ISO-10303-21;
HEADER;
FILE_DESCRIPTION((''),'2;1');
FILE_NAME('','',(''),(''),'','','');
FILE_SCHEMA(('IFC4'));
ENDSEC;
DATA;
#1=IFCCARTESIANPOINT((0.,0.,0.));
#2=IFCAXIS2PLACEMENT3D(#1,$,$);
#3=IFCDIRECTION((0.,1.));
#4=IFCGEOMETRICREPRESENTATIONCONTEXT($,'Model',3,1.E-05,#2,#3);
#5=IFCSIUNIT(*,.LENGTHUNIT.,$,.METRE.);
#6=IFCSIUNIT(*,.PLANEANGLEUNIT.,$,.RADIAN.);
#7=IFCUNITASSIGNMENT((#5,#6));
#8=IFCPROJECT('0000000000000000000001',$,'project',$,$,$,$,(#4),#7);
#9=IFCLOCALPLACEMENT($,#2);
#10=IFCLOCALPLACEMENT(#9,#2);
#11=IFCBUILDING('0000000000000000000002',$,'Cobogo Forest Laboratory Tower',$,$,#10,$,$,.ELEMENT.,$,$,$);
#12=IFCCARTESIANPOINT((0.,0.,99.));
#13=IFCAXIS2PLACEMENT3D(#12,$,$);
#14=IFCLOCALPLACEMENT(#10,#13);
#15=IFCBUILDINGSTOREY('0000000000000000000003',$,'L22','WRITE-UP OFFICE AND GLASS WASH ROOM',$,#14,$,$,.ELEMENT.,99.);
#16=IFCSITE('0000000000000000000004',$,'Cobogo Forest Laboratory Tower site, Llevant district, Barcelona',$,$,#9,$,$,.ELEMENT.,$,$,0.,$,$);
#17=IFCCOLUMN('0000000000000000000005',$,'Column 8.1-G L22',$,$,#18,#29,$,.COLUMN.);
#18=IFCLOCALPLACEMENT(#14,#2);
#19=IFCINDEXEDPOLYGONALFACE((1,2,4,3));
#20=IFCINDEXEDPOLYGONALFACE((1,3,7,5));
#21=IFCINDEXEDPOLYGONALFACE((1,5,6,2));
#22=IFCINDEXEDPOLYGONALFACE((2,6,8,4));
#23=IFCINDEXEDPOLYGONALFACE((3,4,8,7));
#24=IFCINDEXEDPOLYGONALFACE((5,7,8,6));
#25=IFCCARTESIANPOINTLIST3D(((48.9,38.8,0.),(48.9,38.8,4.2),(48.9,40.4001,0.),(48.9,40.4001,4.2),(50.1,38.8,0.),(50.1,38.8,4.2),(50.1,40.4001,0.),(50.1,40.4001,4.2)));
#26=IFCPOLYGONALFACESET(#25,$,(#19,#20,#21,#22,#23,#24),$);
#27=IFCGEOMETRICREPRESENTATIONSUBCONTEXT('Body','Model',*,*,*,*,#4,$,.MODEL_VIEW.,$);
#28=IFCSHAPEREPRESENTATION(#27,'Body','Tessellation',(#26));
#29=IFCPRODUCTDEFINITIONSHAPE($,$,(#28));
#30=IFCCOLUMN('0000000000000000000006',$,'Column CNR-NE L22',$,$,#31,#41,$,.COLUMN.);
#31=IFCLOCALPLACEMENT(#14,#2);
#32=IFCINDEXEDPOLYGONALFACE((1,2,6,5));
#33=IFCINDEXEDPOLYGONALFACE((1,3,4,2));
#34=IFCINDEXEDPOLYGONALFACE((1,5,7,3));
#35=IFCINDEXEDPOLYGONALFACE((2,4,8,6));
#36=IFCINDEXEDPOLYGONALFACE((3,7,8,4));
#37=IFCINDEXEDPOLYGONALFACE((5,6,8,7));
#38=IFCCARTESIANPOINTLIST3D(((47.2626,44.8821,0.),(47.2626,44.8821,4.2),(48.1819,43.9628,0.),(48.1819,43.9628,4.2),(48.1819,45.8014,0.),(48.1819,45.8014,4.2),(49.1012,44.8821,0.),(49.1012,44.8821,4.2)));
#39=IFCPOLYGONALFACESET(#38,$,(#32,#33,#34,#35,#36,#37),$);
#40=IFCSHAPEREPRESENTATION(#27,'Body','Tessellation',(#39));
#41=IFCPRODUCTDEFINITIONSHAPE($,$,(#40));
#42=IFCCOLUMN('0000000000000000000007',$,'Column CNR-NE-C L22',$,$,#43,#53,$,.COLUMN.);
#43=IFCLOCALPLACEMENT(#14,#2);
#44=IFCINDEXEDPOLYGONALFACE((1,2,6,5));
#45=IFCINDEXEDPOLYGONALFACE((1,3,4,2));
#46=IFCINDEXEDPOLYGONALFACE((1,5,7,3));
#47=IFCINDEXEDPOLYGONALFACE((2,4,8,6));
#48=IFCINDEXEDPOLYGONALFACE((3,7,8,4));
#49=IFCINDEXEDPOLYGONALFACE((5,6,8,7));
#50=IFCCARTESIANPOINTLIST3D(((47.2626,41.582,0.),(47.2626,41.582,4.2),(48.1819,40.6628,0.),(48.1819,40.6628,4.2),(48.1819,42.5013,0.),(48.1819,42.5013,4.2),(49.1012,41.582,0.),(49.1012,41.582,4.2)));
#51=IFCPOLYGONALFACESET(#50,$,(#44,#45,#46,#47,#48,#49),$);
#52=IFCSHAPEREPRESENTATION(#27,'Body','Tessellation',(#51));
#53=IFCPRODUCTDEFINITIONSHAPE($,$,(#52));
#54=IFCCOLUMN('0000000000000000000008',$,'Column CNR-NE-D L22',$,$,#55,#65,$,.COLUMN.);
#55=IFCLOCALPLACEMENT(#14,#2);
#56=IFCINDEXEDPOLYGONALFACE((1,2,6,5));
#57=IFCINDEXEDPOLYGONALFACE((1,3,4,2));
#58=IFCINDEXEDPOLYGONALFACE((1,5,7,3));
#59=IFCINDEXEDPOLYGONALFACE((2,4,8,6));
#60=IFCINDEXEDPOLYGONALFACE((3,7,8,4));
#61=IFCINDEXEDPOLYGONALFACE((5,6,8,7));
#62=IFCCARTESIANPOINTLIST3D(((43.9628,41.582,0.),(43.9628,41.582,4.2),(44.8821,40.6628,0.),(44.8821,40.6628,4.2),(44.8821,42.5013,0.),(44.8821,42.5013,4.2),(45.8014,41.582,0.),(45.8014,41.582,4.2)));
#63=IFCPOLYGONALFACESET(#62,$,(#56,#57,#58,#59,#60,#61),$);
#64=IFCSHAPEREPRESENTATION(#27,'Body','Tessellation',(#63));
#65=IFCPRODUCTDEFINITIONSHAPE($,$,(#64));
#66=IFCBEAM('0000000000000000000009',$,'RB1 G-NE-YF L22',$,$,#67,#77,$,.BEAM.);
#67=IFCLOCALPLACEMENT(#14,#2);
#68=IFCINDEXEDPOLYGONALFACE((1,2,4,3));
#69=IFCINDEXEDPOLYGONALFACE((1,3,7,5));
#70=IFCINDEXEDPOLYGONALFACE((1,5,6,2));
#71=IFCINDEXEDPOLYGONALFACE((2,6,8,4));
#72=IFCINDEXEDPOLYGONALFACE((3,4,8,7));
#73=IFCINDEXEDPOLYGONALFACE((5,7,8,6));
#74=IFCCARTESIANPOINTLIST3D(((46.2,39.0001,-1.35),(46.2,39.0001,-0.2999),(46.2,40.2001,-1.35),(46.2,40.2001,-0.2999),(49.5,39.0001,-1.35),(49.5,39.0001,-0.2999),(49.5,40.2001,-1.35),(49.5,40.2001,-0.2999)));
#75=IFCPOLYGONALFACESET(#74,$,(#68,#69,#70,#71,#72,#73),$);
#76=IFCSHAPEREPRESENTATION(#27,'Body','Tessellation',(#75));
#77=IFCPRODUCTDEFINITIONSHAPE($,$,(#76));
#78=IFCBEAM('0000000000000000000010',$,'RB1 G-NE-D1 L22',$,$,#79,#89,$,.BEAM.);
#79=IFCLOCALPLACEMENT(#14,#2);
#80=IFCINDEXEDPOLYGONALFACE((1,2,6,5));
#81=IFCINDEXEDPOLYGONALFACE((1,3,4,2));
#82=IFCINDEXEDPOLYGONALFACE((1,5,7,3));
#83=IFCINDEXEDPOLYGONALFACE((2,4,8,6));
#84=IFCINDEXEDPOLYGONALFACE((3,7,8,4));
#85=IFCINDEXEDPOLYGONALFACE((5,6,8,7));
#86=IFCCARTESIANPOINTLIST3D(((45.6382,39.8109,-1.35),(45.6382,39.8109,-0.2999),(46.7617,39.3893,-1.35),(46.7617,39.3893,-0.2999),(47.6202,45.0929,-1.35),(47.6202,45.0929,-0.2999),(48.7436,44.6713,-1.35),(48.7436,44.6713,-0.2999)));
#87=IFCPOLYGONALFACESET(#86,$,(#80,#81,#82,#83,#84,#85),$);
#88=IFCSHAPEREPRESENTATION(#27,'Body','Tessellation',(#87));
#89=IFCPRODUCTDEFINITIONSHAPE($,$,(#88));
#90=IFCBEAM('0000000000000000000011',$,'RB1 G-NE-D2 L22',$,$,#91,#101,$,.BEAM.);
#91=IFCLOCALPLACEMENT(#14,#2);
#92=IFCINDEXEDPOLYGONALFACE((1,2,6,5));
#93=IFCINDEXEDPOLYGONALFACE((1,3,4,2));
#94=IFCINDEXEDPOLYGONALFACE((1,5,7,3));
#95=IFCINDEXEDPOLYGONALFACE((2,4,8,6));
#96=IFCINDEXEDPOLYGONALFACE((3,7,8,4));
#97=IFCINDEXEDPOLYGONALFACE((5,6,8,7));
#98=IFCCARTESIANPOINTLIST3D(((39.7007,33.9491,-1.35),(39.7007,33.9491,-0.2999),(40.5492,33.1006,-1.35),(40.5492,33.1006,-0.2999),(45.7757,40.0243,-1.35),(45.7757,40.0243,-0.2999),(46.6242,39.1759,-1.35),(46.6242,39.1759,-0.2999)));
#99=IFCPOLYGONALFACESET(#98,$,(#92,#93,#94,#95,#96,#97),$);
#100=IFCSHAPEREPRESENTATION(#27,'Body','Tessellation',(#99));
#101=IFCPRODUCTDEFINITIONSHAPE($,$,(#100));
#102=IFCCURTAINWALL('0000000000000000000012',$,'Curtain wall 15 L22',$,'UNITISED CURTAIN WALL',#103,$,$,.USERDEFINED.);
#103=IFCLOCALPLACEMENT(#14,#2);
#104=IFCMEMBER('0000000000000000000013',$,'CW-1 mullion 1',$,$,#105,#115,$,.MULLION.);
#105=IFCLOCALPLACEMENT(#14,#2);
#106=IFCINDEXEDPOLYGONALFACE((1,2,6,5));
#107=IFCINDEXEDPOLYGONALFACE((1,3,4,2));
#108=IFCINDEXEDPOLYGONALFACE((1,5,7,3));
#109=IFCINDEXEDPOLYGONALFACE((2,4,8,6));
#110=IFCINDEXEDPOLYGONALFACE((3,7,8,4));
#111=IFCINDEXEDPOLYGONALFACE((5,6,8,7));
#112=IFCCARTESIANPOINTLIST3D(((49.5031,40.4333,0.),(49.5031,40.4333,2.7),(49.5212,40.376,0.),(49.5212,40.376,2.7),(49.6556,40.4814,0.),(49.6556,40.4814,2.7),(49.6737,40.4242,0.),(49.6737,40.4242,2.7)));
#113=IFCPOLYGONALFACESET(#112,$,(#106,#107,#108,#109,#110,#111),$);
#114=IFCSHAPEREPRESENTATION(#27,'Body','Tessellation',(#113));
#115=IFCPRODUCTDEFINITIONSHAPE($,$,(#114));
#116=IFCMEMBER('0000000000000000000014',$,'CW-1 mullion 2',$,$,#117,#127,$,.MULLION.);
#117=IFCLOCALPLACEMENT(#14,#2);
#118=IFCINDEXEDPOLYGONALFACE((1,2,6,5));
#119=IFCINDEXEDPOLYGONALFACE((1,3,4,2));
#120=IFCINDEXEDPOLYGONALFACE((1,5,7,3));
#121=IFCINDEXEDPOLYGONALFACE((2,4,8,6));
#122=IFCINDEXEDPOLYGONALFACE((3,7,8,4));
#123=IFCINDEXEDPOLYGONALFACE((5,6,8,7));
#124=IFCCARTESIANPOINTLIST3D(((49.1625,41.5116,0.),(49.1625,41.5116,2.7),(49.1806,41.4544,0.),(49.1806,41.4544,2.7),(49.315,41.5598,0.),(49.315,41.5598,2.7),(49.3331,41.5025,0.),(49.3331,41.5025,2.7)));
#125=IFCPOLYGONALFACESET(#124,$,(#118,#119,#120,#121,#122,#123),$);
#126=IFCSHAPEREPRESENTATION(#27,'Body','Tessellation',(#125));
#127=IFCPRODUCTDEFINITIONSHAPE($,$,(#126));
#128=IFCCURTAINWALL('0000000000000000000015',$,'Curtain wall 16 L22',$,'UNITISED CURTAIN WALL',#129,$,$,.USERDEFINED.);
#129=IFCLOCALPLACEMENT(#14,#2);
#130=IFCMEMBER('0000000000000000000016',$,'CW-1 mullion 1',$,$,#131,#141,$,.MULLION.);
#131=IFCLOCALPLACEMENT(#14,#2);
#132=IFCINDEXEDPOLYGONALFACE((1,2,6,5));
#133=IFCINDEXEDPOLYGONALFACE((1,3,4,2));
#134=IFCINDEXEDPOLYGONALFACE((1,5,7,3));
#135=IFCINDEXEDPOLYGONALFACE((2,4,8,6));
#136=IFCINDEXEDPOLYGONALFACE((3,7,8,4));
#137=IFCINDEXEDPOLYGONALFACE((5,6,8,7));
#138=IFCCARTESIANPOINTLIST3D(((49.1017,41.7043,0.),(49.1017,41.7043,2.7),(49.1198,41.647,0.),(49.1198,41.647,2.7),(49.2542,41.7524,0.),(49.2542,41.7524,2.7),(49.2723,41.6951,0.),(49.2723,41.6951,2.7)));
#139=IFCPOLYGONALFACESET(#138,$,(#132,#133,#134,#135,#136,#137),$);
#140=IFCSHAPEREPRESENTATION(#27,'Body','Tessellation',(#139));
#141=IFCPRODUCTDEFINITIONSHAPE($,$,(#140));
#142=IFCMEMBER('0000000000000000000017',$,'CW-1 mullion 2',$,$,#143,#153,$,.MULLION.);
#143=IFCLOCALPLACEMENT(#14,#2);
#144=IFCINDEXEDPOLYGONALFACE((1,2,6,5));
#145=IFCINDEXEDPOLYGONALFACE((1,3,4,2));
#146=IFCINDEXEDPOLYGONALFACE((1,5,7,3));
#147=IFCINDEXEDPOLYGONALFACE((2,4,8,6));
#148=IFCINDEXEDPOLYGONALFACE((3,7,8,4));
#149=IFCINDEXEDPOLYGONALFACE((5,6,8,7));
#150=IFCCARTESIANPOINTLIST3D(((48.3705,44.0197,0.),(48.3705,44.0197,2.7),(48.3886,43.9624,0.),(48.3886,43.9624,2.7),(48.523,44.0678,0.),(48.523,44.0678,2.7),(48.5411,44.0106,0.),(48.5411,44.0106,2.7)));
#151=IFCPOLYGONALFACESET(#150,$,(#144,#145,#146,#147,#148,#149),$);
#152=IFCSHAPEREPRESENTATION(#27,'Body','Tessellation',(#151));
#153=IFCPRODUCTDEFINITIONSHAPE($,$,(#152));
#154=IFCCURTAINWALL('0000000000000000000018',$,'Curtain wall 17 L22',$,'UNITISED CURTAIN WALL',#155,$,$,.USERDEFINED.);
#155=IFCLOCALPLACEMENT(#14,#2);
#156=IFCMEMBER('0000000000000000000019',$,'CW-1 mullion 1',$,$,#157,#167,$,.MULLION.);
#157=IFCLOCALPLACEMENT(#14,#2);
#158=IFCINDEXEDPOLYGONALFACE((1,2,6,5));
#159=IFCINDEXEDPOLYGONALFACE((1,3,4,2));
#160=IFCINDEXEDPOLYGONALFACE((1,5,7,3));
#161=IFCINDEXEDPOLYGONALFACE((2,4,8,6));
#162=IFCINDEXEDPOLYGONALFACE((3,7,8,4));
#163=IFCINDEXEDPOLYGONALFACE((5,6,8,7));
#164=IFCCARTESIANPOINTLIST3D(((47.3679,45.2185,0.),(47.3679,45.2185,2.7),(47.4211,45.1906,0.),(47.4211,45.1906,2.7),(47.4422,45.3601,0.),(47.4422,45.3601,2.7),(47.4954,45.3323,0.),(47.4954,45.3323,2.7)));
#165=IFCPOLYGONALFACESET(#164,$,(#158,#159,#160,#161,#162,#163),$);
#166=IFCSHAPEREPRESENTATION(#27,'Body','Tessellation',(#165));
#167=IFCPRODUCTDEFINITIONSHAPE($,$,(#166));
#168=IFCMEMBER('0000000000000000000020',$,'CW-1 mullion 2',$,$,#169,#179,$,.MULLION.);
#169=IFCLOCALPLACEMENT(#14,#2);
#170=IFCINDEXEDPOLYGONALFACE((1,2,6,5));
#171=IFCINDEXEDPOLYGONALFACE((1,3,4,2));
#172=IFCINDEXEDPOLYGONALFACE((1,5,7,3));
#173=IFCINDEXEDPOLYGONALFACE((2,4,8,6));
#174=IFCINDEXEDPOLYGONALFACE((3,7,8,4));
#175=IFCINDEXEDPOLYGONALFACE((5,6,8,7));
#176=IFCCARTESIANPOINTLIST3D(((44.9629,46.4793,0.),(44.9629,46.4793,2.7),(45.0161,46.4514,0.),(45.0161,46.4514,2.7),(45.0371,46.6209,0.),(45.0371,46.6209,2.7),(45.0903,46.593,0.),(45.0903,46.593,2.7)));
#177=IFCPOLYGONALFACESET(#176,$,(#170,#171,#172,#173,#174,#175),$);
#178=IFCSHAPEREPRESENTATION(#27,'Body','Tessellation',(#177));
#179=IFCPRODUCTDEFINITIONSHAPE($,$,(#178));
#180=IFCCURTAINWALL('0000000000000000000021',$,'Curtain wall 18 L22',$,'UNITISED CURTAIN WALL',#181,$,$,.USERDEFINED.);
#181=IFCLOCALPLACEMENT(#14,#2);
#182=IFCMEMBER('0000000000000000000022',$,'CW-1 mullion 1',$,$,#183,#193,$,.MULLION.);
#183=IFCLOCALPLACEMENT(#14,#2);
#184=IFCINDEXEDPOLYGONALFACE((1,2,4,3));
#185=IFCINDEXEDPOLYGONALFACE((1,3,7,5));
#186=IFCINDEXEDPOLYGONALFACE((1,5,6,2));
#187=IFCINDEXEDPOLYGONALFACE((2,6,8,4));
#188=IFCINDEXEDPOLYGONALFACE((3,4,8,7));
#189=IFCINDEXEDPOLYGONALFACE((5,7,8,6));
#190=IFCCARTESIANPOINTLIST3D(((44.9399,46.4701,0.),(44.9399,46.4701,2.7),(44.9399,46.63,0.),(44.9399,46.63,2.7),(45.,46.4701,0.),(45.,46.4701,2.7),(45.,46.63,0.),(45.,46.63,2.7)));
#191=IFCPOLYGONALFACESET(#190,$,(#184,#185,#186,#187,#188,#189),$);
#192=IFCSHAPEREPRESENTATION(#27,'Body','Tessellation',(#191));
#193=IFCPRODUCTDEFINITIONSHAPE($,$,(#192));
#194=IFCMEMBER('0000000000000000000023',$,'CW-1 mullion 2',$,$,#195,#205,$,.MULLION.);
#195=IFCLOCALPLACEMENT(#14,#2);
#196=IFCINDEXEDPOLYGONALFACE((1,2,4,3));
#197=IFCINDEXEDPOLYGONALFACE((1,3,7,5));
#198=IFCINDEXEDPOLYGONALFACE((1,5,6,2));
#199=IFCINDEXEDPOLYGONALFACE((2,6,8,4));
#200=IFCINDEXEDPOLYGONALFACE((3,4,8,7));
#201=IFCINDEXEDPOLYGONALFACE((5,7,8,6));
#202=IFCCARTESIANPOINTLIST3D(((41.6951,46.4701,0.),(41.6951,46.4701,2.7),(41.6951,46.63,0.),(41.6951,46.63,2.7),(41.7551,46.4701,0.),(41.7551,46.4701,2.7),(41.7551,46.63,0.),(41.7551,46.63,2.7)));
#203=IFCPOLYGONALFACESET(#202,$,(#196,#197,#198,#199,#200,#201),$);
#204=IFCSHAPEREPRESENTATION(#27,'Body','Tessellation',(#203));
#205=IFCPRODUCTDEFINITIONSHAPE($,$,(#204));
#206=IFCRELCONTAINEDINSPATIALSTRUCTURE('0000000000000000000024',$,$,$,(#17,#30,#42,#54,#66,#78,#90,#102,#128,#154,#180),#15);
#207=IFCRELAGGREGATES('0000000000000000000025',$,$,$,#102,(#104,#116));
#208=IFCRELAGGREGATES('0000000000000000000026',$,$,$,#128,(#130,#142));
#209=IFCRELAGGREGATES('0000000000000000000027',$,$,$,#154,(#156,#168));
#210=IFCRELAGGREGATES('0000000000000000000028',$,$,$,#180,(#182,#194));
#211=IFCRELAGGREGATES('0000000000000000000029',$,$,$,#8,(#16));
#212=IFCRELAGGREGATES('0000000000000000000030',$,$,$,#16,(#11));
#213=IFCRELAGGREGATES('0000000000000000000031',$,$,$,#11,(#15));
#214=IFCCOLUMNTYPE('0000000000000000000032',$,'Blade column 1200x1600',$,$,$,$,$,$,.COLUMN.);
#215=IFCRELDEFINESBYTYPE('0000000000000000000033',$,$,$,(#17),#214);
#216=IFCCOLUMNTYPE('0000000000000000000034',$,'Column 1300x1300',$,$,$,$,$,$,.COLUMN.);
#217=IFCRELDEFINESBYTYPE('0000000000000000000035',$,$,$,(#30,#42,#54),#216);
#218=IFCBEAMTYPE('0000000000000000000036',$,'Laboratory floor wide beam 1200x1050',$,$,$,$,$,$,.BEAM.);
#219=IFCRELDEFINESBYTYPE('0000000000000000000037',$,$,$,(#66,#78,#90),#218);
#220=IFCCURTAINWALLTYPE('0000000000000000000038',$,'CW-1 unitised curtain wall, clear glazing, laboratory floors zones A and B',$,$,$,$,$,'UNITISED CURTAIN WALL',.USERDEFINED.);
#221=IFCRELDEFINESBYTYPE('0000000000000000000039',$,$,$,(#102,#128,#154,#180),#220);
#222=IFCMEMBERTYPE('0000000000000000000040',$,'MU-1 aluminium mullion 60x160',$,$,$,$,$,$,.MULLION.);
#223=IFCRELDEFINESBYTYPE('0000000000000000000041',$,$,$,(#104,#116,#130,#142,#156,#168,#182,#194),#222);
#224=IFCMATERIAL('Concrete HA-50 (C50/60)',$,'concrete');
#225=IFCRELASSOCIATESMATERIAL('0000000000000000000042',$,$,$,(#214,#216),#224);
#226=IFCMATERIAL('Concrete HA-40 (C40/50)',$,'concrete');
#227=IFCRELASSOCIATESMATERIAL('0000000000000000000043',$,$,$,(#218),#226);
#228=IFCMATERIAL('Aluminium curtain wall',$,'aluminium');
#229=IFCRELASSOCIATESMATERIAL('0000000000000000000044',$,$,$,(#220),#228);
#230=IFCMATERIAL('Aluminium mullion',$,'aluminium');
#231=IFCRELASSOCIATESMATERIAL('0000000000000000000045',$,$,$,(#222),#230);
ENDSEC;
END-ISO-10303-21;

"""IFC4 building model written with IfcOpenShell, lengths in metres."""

from ifc_helpers import new_model, si_unit, direction, frame, origin, origin_2d, place, context, subcontext, project, spatial, rectangle, extrude, material, material_profile, profile_set, type_object, element, aggregate, save


model = new_model("IFC4")

# Units and contexts
model_context = context("Model", 3, precision=1e-05, world=origin(), true_north=direction((0.0, 1.0)))
body_context = subcontext(model_context, "Body", "Model", "MODEL_VIEW")
ifc_project = project(units=[si_unit("LENGTHUNIT", "METRE"), si_unit("PLANEANGLEUNIT", "RADIAN")], contexts=[model_context])

# Site, building, storey
site_placement = place(None, origin())
site = spatial("IfcSite", under=ifc_project, at=site_placement, Name="Cobogo Forest Laboratory Tower site, Llevant district, Barcelona", CompositionType="ELEMENT", RefElevation=0.0)
building_placement = place(site_placement, origin())
building = spatial("IfcBuilding", under=site, at=building_placement, Name="Cobogo Forest Laboratory Tower", CompositionType="ELEMENT")
storey_placement = place(building_placement, frame((0.0, 0.0, 99.0)))
storey = spatial("IfcBuildingStorey", under=building, at=storey_placement, Name="L22", Description="WRITE-UP OFFICE AND GLASS WASH ROOM", CompositionType="ELEMENT", Elevation=99.0)

# Columns
ifc_material_1 = material(Name="Concrete HA-50 (C50/60)", Category="concrete")
ifc_material_profile_1 = material_profile(ifc_material_1, rectangle(XDim=1.6001, YDim=1.2, at=origin_2d()), Name="RC 1200x1600")
ifc_profile_set_1 = profile_set([ifc_material_profile_1], Name="Concrete HA-50 (C50/60)")
column_type_1 = type_object("IfcColumnType", Name="Blade column 1200x1600", PredefinedType="COLUMN", material=ifc_profile_set_1)
column_placement = place(storey_placement, frame((49.5, 39.6001, 0.0), z_axis=(0.0, 0.0, 1.0), x_axis=(0.0, 1.0, 0.0)))
element("IfcColumn", 1, at=column_placement, inside=storey, type_object=column_type_1, Name="Column 8.1-G L22", PredefinedType="COLUMN", context=body_context, shape_type="SweptSolid", body=[
    extrude(rectangle(XDim=1.6001, YDim=1.2, at=origin_2d()), origin(), (0.0, 0.0, 1.0), 4.2),
])
ifc_material_profile_2 = material_profile(ifc_material_1, rectangle(XDim=1.3, YDim=1.3, at=origin_2d()), Name="RC 1300x1300")
ifc_profile_set_2 = profile_set([ifc_material_profile_2], Name="Concrete HA-50 (C50/60)")
column_type_2 = type_object("IfcColumnType", Name="Column 1300x1300", PredefinedType="COLUMN", material=ifc_profile_set_2)
for number, where, z_axis, x_axis, name in (
    (2, (48.1819, 44.8821, 0.0), (0.0, 0.0, 1.0), (0.707107, 0.707107, 0.0), "Column CNR-NE L22"),
    (3, (48.1819, 41.582, 0.0), (0.0, 0.0, 1.0), (0.707107, 0.707107, 0.0), "Column CNR-NE-C L22"),
    (4, (44.8821, 41.582, 0.0), (0.0, 0.0, 1.0), (0.707107, 0.707107, 0.0), "Column CNR-NE-D L22"),
):
    element("IfcColumn", number, at=place(storey_placement, frame(where, z_axis=z_axis, x_axis=x_axis)), inside=storey, type_object=column_type_2, Name=name, PredefinedType="COLUMN", context=body_context, shape_type="SweptSolid", body=[
        extrude(rectangle(XDim=1.3, YDim=1.3, at=origin_2d()), origin(), (0.0, 0.0, 1.0), 4.2),
    ])

# Beams
ifc_material_2 = material(Name="Concrete HA-40 (C40/50)", Category="concrete")
ifc_material_profile_3 = material_profile(ifc_material_2, rectangle(XDim=1.2, YDim=1.05, at=origin_2d()), Name="RC 1200x1050")
ifc_profile_set_3 = profile_set([ifc_material_profile_3], Name="Concrete HA-40 (C40/50)")
beam_type_1 = type_object("IfcBeamType", Name="Laboratory floor wide beam 1200x1050", PredefinedType="BEAM", material=ifc_profile_set_3)
beam_1_placement = place(storey_placement, frame((49.5, 39.6001, -0.825), z_axis=(-1.0, 0.0, 0.0), x_axis=(0.0, -1.0, 0.0)))
element("IfcBeam", 5, at=beam_1_placement, inside=storey, type_object=beam_type_1, Name="RB1 G-NE-YF L22", PredefinedType="BEAM", context=body_context, shape_type="SweptSolid", body=[
    extrude(rectangle(XDim=1.2, YDim=1.05, at=origin_2d()), origin(), (0.0, 0.0, 1.0), 3.3),
])
beam_2_placement = place(storey_placement, frame((48.1819, 44.8821, -0.825), z_axis=(-0.351308, -0.93626, 0.0), x_axis=(0.93626, -0.351308, 0.0)))
element("IfcBeam", 6, at=beam_2_placement, inside=storey, type_object=beam_type_1, Name="RB1 G-NE-D1 L22", PredefinedType="BEAM", context=body_context, shape_type="SweptSolid", body=[
    extrude(rectangle(XDim=1.2, YDim=1.05, at=origin_2d()), origin(), (0.0, 0.0, 1.0), 5.6416),
])
beam_3_placement = place(storey_placement, frame((46.2, 39.6001, -0.825), z_axis=(-0.707093, -0.707121, 0.0), x_axis=(0.707121, -0.707093, 0.0)))
element("IfcBeam", 7, at=beam_3_placement, inside=storey, type_object=beam_type_1, Name="RB1 G-NE-D2 L22", PredefinedType="BEAM", context=body_context, shape_type="SweptSolid", body=[
    extrude(rectangle(XDim=1.2, YDim=1.05, at=origin_2d()), origin(), (0.0, 0.0, 1.0), 8.5916),
])

# Curtain walls, members
ifc_material_3 = material(Name="Aluminium curtain wall", Category="aluminium")
curtain_wall_type = type_object("IfcCurtainWallType", Name="CW-1 unitised curtain wall, clear glazing, laboratory floors zones A and B", ElementType="UNITISED CURTAIN WALL", PredefinedType="USERDEFINED", material=ifc_material_3)
curtain_wall_1_placement = place(storey_placement, origin())
curtain_wall_1 = element("IfcCurtainWall", 8, at=curtain_wall_1_placement, inside=storey, type_object=curtain_wall_type, Name="Curtain wall 15 L22", ObjectType="UNITISED CURTAIN WALL", PredefinedType="USERDEFINED")
ifc_material_4 = material(Name="Aluminium mullion", Category="aluminium")
ifc_material_profile_4 = material_profile(ifc_material_4, rectangle(XDim=0.0601, YDim=0.1599, at=origin_2d()), Name="AL 60x160")
ifc_profile_set_4 = profile_set([ifc_material_profile_4], Name="Aluminium mullion")
member_type_1 = type_object("IfcMemberType", Name="MU-1 aluminium mullion 60x160", PredefinedType="MULLION", material=ifc_profile_set_4)
member_1_placement = place(storey_placement, frame((49.5884, 40.4287, 0.0), z_axis=(0.0, 0.0, 1.0), x_axis=(-0.301136, 0.953581, 0.0)))
member_1 = element("IfcMember", 9, at=member_1_placement, type_object=member_type_1, Name="CW-1 mullion 1", PredefinedType="MULLION", context=body_context, shape_type="SweptSolid", body=[
    extrude(rectangle(XDim=0.0601, YDim=0.1599, at=origin_2d()), origin(), (0.0, 0.0, 1.0), 2.7),
])
member_2_placement = place(storey_placement, frame((49.2478, 41.5071, 0.0), z_axis=(0.0, 0.0, 1.0), x_axis=(-0.301136, 0.953581, 0.0)))
member_2 = element("IfcMember", 10, at=member_2_placement, type_object=member_type_1, Name="CW-1 mullion 2", PredefinedType="MULLION", context=body_context, shape_type="SweptSolid", body=[
    extrude(rectangle(XDim=0.0601, YDim=0.1599, at=origin_2d()), origin(), (0.0, 0.0, 1.0), 2.7),
])
curtain_wall_2_placement = place(storey_placement, origin())
curtain_wall_2 = element("IfcCurtainWall", 11, at=curtain_wall_2_placement, inside=storey, type_object=curtain_wall_type, Name="Curtain wall 16 L22", ObjectType="UNITISED CURTAIN WALL", PredefinedType="USERDEFINED")
member_3_placement = place(storey_placement, frame((49.187, 41.6997, 0.0), z_axis=(0.0, 0.0, 1.0), x_axis=(-0.301135, 0.953581, 0.0)))
member_3 = element("IfcMember", 12, at=member_3_placement, type_object=member_type_1, Name="CW-1 mullion 1", PredefinedType="MULLION", context=body_context, shape_type="SweptSolid", body=[
    extrude(rectangle(XDim=0.0601, YDim=0.1599, at=origin_2d()), origin(), (0.0, 0.0, 1.0), 2.7),
])
member_4_placement = place(storey_placement, frame((48.4558, 44.0151, 0.0), z_axis=(0.0, 0.0, 1.0), x_axis=(-0.301135, 0.953581, 0.0)))
member_4 = element("IfcMember", 13, at=member_4_placement, type_object=member_type_1, Name="CW-1 mullion 2", PredefinedType="MULLION", context=body_context, shape_type="SweptSolid", body=[
    extrude(rectangle(XDim=0.0601, YDim=0.1599, at=origin_2d()), origin(), (0.0, 0.0, 1.0), 2.7),
])
curtain_wall_3_placement = place(storey_placement, origin())
curtain_wall_3 = element("IfcCurtainWall", 14, at=curtain_wall_3_placement, inside=storey, type_object=curtain_wall_type, Name="Curtain wall 17 L22", ObjectType="UNITISED CURTAIN WALL", PredefinedType="USERDEFINED")
member_5_placement = place(storey_placement, frame((47.4316, 45.2754, 0.0), z_axis=(0.0, 0.0, 1.0), x_axis=(-0.885687, 0.464284, 0.0)))
member_5 = element("IfcMember", 15, at=member_5_placement, type_object=member_type_1, Name="CW-1 mullion 1", PredefinedType="MULLION", context=body_context, shape_type="SweptSolid", body=[
    extrude(rectangle(XDim=0.0601, YDim=0.1599, at=origin_2d()), origin(), (0.0, 0.0, 1.0), 2.7),
])
member_6_placement = place(storey_placement, frame((45.0266, 46.5361, 0.0), z_axis=(0.0, 0.0, 1.0), x_axis=(-0.885687, 0.464284, 0.0)))
member_6 = element("IfcMember", 16, at=member_6_placement, type_object=member_type_1, Name="CW-1 mullion 2", PredefinedType="MULLION", context=body_context, shape_type="SweptSolid", body=[
    extrude(rectangle(XDim=0.0601, YDim=0.1599, at=origin_2d()), origin(), (0.0, 0.0, 1.0), 2.7),
])
curtain_wall_4_placement = place(storey_placement, origin())
curtain_wall_4 = element("IfcCurtainWall", 17, at=curtain_wall_4_placement, inside=storey, type_object=curtain_wall_type, Name="Curtain wall 18 L22", ObjectType="UNITISED CURTAIN WALL", PredefinedType="USERDEFINED")
member_7_placement = place(storey_placement, frame((44.97, 46.55, 0.0), z_axis=(0.0, 0.0, 1.0), x_axis=(-1.0, 0.0, 0.0)))
member_7 = element("IfcMember", 18, at=member_7_placement, type_object=member_type_1, Name="CW-1 mullion 1", PredefinedType="MULLION", context=body_context, shape_type="SweptSolid", body=[
    extrude(rectangle(XDim=0.0601, YDim=0.1599, at=origin_2d()), origin(), (0.0, 0.0, 1.0), 2.7),
])
member_8_placement = place(storey_placement, frame((41.7251, 46.55, 0.0), z_axis=(0.0, 0.0, 1.0), x_axis=(-1.0, 0.0, 0.0)))
member_8 = element("IfcMember", 19, at=member_8_placement, type_object=member_type_1, Name="CW-1 mullion 2", PredefinedType="MULLION", context=body_context, shape_type="SweptSolid", body=[
    extrude(rectangle(XDim=0.0601, YDim=0.1599, at=origin_2d()), origin(), (0.0, 0.0, 1.0), 2.7),
])

aggregate(curtain_wall_1, [member_1, member_2])
aggregate(curtain_wall_2, [member_3, member_4])
aggregate(curtain_wall_3, [member_5, member_6])
aggregate(curtain_wall_4, [member_7, member_8])

save(model, "model.ifc")
